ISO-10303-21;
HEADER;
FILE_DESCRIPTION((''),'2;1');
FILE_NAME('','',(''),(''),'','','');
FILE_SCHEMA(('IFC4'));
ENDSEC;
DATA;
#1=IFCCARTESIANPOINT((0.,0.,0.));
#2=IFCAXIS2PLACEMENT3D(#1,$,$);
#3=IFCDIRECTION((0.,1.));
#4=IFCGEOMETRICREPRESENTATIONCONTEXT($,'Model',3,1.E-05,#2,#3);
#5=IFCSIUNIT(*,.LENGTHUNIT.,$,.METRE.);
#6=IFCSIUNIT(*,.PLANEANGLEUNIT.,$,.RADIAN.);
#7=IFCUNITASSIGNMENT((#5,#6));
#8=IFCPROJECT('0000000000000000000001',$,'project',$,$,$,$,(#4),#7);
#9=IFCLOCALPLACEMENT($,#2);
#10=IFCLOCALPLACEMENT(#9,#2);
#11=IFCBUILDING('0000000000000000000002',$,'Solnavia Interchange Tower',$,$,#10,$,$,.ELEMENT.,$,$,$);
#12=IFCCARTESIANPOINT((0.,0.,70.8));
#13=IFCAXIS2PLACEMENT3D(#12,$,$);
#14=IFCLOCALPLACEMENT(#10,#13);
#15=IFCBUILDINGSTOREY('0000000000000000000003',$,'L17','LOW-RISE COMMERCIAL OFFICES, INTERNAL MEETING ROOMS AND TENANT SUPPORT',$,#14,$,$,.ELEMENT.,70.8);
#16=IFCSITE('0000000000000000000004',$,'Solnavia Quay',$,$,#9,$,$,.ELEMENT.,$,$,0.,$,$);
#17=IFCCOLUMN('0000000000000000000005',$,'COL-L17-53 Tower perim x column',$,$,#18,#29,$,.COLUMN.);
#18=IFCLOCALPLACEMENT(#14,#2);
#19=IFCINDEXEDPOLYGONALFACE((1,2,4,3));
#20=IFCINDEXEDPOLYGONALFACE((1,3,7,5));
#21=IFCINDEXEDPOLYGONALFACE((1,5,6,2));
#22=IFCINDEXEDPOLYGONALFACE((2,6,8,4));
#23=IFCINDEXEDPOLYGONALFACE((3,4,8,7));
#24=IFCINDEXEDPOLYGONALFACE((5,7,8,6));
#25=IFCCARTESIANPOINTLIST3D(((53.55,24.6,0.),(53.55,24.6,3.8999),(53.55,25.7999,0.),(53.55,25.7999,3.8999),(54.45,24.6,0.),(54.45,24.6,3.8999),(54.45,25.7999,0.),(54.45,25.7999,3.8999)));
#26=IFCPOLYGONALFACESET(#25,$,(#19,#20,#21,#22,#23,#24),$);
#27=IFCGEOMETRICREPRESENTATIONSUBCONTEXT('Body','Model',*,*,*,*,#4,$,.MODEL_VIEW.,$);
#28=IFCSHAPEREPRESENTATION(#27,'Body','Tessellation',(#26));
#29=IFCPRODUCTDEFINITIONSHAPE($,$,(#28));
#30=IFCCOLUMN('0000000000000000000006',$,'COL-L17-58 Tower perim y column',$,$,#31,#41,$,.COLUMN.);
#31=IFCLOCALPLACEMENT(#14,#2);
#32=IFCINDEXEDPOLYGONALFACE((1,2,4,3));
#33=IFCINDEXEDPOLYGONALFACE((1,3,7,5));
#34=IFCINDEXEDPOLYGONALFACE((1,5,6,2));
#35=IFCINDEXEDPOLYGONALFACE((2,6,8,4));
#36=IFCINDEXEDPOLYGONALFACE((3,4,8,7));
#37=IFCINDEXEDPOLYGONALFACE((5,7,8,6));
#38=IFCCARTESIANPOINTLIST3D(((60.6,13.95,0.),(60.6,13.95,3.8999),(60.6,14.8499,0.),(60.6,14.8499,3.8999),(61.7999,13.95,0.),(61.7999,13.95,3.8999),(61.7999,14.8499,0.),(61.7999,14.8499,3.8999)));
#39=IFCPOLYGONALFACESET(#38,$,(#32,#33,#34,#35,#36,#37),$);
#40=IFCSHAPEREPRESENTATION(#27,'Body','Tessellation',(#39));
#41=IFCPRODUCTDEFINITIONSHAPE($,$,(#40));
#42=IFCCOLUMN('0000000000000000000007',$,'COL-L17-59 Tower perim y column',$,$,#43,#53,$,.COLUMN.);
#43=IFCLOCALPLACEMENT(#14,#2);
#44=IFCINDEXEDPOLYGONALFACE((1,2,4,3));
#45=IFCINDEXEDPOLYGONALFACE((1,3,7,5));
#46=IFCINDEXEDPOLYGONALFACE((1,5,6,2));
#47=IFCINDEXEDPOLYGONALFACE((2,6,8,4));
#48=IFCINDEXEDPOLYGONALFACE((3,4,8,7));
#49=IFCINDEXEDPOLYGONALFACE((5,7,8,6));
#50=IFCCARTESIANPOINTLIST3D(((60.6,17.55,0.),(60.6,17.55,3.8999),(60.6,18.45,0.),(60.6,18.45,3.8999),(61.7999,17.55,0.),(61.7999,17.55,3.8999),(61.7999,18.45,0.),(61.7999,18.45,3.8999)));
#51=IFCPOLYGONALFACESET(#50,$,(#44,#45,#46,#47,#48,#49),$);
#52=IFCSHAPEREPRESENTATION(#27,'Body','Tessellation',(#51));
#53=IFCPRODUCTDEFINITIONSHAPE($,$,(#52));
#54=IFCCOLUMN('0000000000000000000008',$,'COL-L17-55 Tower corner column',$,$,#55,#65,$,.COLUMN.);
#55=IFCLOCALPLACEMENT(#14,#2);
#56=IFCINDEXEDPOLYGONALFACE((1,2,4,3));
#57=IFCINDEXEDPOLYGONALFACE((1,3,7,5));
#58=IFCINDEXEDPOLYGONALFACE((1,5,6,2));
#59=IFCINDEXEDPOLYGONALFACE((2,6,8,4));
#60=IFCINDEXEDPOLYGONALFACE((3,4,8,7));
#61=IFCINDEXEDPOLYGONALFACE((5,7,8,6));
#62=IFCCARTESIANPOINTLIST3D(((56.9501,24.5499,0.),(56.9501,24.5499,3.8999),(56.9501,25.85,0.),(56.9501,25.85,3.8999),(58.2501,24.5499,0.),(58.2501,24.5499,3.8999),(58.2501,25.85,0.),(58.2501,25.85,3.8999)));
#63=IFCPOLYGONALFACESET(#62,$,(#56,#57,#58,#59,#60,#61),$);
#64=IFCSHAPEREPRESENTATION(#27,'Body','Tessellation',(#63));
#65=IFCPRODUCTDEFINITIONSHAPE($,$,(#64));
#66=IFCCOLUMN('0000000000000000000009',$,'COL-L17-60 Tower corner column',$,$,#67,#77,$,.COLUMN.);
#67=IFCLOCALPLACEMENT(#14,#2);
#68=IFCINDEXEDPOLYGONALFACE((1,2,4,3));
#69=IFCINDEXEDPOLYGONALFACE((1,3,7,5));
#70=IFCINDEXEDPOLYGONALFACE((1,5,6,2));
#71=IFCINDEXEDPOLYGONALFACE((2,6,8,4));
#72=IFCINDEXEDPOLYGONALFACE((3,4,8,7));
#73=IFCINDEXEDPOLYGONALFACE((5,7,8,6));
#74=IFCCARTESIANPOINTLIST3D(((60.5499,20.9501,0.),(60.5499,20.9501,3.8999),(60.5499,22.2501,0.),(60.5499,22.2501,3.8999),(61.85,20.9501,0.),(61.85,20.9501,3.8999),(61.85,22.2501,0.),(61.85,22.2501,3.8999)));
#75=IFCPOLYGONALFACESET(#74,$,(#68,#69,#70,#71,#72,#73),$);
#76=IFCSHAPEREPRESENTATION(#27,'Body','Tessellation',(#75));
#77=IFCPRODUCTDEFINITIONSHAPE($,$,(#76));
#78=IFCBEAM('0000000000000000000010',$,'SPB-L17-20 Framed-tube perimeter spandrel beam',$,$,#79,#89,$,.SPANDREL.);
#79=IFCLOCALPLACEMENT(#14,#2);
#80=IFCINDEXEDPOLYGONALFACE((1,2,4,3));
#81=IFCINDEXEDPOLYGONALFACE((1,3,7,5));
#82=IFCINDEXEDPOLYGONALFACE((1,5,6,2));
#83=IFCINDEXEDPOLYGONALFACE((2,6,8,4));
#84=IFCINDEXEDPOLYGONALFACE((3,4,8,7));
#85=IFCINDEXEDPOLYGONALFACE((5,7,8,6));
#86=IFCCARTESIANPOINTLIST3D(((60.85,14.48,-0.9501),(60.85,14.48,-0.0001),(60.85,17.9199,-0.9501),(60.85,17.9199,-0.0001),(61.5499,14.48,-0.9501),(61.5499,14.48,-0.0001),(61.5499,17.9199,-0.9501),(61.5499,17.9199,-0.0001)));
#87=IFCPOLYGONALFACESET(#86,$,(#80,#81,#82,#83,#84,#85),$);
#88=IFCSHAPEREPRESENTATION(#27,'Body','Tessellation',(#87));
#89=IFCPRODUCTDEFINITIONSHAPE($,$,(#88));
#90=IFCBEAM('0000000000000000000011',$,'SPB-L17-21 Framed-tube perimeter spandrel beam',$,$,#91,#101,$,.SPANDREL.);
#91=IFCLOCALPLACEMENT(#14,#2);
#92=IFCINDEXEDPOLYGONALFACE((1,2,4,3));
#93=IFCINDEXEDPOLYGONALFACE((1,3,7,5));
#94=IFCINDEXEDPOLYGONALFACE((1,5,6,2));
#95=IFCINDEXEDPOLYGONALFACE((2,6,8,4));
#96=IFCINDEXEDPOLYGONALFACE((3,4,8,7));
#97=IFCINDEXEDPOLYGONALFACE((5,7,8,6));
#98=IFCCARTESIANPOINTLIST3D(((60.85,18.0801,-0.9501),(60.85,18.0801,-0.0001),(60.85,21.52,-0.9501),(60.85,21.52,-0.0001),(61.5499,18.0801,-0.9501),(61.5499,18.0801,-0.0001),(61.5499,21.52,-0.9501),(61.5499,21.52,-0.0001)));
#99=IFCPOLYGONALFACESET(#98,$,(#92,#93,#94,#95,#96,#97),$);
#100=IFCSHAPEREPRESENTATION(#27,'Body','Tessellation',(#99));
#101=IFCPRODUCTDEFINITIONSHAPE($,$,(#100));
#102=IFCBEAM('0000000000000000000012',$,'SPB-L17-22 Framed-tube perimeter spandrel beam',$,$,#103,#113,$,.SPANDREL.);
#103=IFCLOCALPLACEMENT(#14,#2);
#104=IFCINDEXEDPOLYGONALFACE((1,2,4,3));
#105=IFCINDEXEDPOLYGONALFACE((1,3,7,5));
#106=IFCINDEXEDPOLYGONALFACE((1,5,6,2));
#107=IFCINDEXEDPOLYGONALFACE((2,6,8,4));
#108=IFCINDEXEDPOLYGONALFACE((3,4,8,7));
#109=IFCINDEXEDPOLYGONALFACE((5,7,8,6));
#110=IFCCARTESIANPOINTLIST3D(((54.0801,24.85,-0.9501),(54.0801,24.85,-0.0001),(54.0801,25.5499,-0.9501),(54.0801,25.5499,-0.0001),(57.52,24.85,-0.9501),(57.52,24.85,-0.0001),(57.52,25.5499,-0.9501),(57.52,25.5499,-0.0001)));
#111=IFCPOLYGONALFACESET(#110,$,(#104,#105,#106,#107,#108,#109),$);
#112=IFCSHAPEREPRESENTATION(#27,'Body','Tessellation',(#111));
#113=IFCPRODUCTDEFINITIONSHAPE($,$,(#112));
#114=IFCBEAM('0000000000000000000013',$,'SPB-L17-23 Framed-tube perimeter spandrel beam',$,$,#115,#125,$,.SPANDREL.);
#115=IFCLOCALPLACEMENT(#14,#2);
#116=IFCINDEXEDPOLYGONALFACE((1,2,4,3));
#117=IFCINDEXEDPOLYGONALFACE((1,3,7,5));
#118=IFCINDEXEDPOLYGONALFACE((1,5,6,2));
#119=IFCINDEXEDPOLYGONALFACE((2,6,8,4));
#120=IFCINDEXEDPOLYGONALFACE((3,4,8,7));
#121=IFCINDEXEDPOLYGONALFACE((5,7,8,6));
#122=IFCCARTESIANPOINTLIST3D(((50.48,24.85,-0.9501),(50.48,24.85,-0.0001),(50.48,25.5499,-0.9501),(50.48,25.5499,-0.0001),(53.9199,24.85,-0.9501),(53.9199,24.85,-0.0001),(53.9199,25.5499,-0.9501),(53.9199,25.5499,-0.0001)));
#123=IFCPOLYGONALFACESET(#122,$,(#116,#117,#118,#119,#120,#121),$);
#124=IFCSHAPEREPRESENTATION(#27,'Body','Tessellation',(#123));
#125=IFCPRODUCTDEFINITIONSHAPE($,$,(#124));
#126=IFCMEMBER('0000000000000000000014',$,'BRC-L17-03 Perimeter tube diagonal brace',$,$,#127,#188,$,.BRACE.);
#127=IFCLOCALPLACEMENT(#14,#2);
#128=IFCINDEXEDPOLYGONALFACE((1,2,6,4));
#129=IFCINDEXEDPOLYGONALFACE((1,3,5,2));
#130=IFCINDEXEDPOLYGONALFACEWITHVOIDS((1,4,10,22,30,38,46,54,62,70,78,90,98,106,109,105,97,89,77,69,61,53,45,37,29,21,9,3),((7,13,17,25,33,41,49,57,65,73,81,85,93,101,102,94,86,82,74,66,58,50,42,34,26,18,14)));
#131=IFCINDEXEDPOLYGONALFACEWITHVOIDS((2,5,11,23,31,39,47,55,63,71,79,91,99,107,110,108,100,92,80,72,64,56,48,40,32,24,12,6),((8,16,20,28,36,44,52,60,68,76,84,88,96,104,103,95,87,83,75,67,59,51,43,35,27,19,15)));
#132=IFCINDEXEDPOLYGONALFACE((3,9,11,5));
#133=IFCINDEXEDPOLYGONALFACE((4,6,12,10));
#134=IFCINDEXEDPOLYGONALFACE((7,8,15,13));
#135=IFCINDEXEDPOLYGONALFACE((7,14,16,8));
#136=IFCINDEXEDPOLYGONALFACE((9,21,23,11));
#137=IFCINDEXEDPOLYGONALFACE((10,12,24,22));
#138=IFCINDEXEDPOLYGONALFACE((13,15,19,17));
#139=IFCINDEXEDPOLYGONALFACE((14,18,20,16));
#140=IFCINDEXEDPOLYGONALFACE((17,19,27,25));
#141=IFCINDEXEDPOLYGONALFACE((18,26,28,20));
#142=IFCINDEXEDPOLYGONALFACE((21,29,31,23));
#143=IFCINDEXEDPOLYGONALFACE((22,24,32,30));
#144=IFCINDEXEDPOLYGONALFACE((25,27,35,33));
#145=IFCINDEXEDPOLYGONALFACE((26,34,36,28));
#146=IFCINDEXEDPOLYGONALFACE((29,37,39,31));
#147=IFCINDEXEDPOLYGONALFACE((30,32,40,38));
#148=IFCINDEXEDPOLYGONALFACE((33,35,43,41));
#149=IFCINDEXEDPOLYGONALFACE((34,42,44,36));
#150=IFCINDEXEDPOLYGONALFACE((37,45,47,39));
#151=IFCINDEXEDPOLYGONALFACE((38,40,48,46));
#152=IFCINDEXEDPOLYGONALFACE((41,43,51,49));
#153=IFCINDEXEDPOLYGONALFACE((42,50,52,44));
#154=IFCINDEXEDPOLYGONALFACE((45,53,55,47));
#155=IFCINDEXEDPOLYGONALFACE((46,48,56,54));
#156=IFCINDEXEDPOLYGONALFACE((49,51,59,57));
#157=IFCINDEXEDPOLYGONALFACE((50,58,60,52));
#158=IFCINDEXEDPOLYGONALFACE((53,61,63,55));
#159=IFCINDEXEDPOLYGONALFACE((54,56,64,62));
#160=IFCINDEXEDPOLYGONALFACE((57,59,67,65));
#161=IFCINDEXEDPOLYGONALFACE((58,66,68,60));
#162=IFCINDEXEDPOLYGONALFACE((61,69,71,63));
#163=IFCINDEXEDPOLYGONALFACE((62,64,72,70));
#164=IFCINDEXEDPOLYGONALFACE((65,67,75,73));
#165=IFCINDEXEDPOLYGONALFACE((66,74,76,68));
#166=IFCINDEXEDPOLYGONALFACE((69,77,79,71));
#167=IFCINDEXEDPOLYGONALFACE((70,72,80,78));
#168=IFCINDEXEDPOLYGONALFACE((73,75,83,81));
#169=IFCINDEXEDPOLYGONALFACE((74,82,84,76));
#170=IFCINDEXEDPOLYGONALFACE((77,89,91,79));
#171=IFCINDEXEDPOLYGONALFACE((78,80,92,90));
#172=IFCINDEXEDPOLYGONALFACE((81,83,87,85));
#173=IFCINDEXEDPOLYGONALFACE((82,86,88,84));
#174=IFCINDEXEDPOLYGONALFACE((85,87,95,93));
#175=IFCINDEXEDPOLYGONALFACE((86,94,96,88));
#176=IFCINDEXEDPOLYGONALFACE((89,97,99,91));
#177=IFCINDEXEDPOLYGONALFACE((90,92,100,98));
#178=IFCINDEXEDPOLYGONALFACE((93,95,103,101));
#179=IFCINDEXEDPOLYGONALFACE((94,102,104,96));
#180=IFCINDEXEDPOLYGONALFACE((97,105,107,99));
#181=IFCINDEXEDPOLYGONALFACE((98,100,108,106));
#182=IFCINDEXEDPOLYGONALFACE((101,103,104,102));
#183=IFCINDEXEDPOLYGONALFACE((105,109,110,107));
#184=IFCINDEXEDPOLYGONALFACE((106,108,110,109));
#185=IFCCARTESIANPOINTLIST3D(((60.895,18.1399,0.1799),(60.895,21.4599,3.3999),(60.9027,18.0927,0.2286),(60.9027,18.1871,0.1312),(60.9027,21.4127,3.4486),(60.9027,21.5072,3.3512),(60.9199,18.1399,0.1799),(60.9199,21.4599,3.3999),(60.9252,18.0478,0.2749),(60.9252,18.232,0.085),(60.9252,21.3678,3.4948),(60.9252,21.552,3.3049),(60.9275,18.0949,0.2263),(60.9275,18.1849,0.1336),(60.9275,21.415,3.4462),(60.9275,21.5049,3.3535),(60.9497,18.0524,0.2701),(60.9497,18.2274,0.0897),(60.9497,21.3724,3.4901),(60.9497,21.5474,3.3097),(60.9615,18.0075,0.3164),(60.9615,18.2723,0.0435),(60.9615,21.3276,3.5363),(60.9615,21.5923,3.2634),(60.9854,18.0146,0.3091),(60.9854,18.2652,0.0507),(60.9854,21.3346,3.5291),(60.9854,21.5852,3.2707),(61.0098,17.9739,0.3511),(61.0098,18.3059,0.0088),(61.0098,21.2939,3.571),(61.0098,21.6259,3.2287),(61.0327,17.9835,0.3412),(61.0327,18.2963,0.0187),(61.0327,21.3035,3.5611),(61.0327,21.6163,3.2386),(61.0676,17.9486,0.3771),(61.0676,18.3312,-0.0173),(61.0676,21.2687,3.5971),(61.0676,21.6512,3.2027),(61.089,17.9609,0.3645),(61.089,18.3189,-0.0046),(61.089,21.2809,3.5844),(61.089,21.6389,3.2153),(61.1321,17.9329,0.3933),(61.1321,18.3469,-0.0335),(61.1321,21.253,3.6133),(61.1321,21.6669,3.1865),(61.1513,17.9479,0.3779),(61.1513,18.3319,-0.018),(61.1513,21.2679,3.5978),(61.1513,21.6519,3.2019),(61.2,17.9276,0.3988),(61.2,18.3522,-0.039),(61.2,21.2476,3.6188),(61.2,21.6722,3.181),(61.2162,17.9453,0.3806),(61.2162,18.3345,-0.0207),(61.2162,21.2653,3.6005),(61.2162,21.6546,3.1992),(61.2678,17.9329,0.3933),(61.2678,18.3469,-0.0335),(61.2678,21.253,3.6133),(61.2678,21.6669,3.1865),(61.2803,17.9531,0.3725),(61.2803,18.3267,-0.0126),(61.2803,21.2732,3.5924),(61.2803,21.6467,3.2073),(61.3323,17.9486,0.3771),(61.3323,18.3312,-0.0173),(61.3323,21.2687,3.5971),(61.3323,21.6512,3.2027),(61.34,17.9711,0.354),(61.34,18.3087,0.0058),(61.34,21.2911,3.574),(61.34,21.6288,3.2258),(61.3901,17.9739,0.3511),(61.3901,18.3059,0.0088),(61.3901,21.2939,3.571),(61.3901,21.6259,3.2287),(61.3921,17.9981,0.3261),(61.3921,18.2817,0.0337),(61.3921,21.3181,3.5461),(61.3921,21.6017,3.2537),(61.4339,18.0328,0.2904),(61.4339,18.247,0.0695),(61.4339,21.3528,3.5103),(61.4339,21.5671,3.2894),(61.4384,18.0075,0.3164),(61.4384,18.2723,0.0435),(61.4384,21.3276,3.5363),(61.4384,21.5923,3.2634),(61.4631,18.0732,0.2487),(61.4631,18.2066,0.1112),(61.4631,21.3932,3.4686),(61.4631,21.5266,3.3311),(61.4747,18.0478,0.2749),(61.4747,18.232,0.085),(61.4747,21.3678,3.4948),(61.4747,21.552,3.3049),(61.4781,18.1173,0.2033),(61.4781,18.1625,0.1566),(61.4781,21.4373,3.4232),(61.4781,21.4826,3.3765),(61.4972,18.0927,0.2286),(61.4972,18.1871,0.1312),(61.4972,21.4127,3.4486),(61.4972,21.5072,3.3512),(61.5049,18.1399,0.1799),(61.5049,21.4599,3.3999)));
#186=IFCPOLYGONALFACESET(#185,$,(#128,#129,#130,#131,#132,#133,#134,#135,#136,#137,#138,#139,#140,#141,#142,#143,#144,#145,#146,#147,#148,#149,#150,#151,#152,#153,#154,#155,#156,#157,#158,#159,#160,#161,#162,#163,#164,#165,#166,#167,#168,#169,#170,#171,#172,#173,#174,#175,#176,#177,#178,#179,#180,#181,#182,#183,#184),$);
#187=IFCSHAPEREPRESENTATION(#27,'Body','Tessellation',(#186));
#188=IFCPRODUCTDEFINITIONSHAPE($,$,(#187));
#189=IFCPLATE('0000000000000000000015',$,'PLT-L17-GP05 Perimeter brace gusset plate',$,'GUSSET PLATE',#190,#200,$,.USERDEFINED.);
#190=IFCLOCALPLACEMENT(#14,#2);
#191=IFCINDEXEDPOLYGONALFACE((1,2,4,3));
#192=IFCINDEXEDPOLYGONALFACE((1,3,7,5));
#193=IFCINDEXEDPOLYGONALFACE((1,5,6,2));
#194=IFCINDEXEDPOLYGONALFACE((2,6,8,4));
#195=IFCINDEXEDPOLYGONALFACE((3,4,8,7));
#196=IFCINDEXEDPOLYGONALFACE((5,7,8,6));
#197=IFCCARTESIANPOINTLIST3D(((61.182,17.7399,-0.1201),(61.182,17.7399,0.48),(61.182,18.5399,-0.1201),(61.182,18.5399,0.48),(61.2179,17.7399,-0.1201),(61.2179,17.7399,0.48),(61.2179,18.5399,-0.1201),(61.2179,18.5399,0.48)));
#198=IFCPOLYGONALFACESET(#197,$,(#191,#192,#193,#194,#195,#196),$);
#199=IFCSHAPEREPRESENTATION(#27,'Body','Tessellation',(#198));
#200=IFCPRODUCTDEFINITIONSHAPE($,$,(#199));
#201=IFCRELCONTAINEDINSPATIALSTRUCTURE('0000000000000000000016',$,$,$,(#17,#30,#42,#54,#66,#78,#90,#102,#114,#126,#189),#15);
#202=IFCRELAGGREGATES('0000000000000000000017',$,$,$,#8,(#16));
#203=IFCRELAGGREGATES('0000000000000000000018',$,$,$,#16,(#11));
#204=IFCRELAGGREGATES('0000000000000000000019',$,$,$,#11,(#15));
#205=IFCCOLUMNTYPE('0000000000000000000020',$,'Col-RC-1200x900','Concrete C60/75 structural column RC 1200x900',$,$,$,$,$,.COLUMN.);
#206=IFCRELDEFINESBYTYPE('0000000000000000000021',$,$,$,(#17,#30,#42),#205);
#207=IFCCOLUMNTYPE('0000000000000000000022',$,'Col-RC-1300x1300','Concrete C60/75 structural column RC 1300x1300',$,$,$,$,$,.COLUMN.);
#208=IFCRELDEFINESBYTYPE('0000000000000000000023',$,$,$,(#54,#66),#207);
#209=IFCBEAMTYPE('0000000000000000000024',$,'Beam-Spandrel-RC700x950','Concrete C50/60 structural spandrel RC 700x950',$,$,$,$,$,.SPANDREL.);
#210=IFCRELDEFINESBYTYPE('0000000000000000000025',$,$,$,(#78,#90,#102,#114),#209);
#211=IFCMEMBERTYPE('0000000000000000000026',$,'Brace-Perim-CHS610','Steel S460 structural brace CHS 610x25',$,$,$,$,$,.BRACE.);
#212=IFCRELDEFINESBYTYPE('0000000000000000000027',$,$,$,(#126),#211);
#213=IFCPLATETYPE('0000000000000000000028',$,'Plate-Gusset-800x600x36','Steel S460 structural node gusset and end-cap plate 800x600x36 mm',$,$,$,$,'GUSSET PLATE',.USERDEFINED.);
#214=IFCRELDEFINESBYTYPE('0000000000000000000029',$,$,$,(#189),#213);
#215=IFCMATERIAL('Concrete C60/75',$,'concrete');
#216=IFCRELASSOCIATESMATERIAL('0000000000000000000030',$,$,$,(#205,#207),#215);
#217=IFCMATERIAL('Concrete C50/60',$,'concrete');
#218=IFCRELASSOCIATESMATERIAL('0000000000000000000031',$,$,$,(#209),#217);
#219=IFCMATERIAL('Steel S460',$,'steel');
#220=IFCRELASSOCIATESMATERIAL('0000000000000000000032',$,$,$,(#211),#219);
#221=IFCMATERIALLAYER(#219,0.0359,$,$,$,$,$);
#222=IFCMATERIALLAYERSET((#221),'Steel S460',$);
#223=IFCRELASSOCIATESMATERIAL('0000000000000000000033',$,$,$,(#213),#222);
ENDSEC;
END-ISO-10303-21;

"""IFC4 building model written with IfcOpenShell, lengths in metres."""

from ifc_helpers import new_model, si_unit, direction, frame, origin, origin_2d, place, context, subcontext, project, spatial, rectangle, hollow_circle, extrude, material, layer, layer_set, material_profile, profile_set, type_object, element, save


model = new_model("IFC4")

# Units and contexts
model_context = context("Model", 3, precision=1e-05, world=origin(), true_north=direction((0.0, 1.0)))
body_context = subcontext(model_context, "Body", "Model", "MODEL_VIEW")
ifc_project = project(units=[si_unit("LENGTHUNIT", "METRE"), si_unit("PLANEANGLEUNIT", "RADIAN")], contexts=[model_context])

# Site, building, storey
site_placement = place(None, origin())
site = spatial("IfcSite", under=ifc_project, at=site_placement, Name="Solnavia Quay", CompositionType="ELEMENT", RefElevation=0.0)
building_placement = place(site_placement, origin())
building = spatial("IfcBuilding", under=site, at=building_placement, Name="Solnavia Interchange Tower", CompositionType="ELEMENT")
storey_placement = place(building_placement, frame((0.0, 0.0, 70.8)))
storey = spatial("IfcBuildingStorey", under=building, at=storey_placement, Name="L17", Description="LOW-RISE COMMERCIAL OFFICES, INTERNAL MEETING ROOMS AND TENANT SUPPORT", CompositionType="ELEMENT", Elevation=70.8)

# Columns
ifc_material_1 = material(Name="Concrete C60/75", Category="concrete")
ifc_material_profile_1 = material_profile(ifc_material_1, rectangle(XDim=0.8999, YDim=1.2, at=origin_2d()), Name="RC 1200x900")
ifc_profile_set_1 = profile_set([ifc_material_profile_1], Name="Concrete C60/75")
column_type_1 = type_object("IfcColumnType", Name="Col-RC-1200x900", Description="Concrete C60/75 structural column RC 1200x900", PredefinedType="COLUMN", material=ifc_profile_set_1)
for number, where, z_axis, x_axis, name in (
    (1, (54.0, 25.2, 0.0), (0.0, 0.0, 1.0), (1.0, 0.0, 0.0), "COL-L17-53 Tower perim x column"),
    (2, (61.2, 14.3999, 0.0), (0.0, 0.0, 1.0), (0.0, 1.0, 0.0), "COL-L17-58 Tower perim y column"),
    (3, (61.2, 18.0, 0.0), (0.0, 0.0, 1.0), (0.0, 1.0, 0.0), "COL-L17-59 Tower perim y column"),
):
    element("IfcColumn", number, at=place(storey_placement, frame(where, z_axis=z_axis, x_axis=x_axis)), inside=storey, type_object=column_type_1, Name=name, PredefinedType="COLUMN", context=body_context, shape_type="SweptSolid", body=[
        extrude(rectangle(XDim=0.8999, YDim=1.2, at=origin_2d()), origin(), (0.0, 0.0, 1.0), 3.8999),
    ])
ifc_material_profile_2 = material_profile(ifc_material_1, rectangle(XDim=1.3, YDim=1.3, at=origin_2d()), Name="RC 1300x1300")
ifc_profile_set_2 = profile_set([ifc_material_profile_2], Name="Concrete C60/75")
column_type_2 = type_object("IfcColumnType", Name="Col-RC-1300x1300", Description="Concrete C60/75 structural column RC 1300x1300", PredefinedType="COLUMN", material=ifc_profile_set_2)
for number, where, z_axis, x_axis, name in (
    (4, (57.6001, 25.2, 0.0), (0.0, 0.0, 1.0), (1.0, 0.0, 0.0), "COL-L17-55 Tower corner column"),
    (5, (61.2, 21.6001, 0.0), (0.0, 0.0, 1.0), (0.0, 1.0, 0.0), "COL-L17-60 Tower corner column"),
):
    element("IfcColumn", number, at=place(storey_placement, frame(where, z_axis=z_axis, x_axis=x_axis)), inside=storey, type_object=column_type_2, Name=name, PredefinedType="COLUMN", context=body_context, shape_type="SweptSolid", body=[
        extrude(rectangle(XDim=1.3, YDim=1.3, at=origin_2d()), origin(), (0.0, 0.0, 1.0), 3.8999),
    ])

# Beams
ifc_material_2 = material(Name="Concrete C50/60", Category="concrete")
ifc_material_profile_3 = material_profile(ifc_material_2, rectangle(XDim=0.7, YDim=0.95, at=origin_2d()), Name="RC 700x950")
ifc_profile_set_3 = profile_set([ifc_material_profile_3], Name="Concrete C50/60")
beam_type = type_object("IfcBeamType", Name="Beam-Spandrel-RC700x950", Description="Concrete C50/60 structural spandrel RC 700x950", PredefinedType="SPANDREL", material=ifc_profile_set_3)
for number, where, z_axis, x_axis, name in (
    (6, (61.2, 14.48, -0.4751), (0.0, 1.0, 0.0), (-1.0, 0.0, 0.0), "SPB-L17-20 Framed-tube perimeter spandrel beam"),
    (7, (61.2, 18.0801, -0.4751), (0.0, 1.0, 0.0), (-1.0, 0.0, 0.0), "SPB-L17-21 Framed-tube perimeter spandrel beam"),
    (8, (57.52, 25.2, -0.4751), (-1.0, 0.0, 0.0), (0.0, -1.0, 0.0), "SPB-L17-22 Framed-tube perimeter spandrel beam"),
    (9, (53.9199, 25.2, -0.4751), (-1.0, 0.0, 0.0), (0.0, -1.0, 0.0), "SPB-L17-23 Framed-tube perimeter spandrel beam"),
):
    element("IfcBeam", number, at=place(storey_placement, frame(where, z_axis=z_axis, x_axis=x_axis)), inside=storey, type_object=beam_type, Name=name, PredefinedType="SPANDREL", context=body_context, shape_type="SweptSolid", body=[
        extrude(rectangle(XDim=0.7, YDim=0.95, at=origin_2d()), origin(), (0.0, 0.0, 1.0), 3.4399),
    ])

# Member
ifc_material_3 = material(Name="Steel S460", Category="steel")
ifc_material_profile_4 = material_profile(ifc_material_3, hollow_circle(Radius=0.3049, WallThickness=0.0249, at=origin_2d()), Name="CHS 610x25")
ifc_profile_set_4 = profile_set([ifc_material_profile_4], Name="Steel S460")
member_type = type_object("IfcMemberType", Name="Brace-Perim-CHS610", Description="Steel S460 structural brace CHS 610x25", PredefinedType="BRACE", material=ifc_profile_set_4)
member_placement = place(storey_placement, frame((61.2, 18.1399, 0.1799), z_axis=(0.0, 0.717845, 0.696203), x_axis=(-1.0, 0.0, 0.0)))
element("IfcMember", 10, at=member_placement, inside=storey, type_object=member_type, Name="BRC-L17-03 Perimeter tube diagonal brace", PredefinedType="BRACE", context=body_context, shape_type="SweptSolid", body=[
    extrude(hollow_circle(Radius=0.3049, WallThickness=0.0249, at=origin_2d()), origin(), (0.0, 0.0, 1.0), 4.625),
])

# Plate
ifc_layer_1 = layer(ifc_material_3, 0.0359)
ifc_layer_set_1 = layer_set([ifc_layer_1], Name="Steel S460")
plate_type = type_object("IfcPlateType", Name="Plate-Gusset-800x600x36", Description="Steel S460 structural node gusset and end-cap plate 800x600x36 mm", ElementType="GUSSET PLATE", PredefinedType="USERDEFINED", material=ifc_layer_set_1)
for number, where, z_axis, x_axis, name in (
    (11, (61.2, 18.1399, -0.1201), (0.0, 0.0, 1.0), (0.0, 1.0, 0.0), "PLT-L17-GP05 Perimeter brace gusset plate"),
):
    element("IfcPlate", number, at=place(storey_placement, frame(where, z_axis=z_axis, x_axis=x_axis)), inside=storey, type_object=plate_type, Name=name, ObjectType="GUSSET PLATE", PredefinedType="USERDEFINED", context=body_context, shape_type="SweptSolid", body=[
        extrude(rectangle(XDim=0.8, YDim=0.0359, at=origin_2d()), origin(), (0.0, 0.0, 1.0), 0.6001),
    ])

save(model, "model.ifc")
